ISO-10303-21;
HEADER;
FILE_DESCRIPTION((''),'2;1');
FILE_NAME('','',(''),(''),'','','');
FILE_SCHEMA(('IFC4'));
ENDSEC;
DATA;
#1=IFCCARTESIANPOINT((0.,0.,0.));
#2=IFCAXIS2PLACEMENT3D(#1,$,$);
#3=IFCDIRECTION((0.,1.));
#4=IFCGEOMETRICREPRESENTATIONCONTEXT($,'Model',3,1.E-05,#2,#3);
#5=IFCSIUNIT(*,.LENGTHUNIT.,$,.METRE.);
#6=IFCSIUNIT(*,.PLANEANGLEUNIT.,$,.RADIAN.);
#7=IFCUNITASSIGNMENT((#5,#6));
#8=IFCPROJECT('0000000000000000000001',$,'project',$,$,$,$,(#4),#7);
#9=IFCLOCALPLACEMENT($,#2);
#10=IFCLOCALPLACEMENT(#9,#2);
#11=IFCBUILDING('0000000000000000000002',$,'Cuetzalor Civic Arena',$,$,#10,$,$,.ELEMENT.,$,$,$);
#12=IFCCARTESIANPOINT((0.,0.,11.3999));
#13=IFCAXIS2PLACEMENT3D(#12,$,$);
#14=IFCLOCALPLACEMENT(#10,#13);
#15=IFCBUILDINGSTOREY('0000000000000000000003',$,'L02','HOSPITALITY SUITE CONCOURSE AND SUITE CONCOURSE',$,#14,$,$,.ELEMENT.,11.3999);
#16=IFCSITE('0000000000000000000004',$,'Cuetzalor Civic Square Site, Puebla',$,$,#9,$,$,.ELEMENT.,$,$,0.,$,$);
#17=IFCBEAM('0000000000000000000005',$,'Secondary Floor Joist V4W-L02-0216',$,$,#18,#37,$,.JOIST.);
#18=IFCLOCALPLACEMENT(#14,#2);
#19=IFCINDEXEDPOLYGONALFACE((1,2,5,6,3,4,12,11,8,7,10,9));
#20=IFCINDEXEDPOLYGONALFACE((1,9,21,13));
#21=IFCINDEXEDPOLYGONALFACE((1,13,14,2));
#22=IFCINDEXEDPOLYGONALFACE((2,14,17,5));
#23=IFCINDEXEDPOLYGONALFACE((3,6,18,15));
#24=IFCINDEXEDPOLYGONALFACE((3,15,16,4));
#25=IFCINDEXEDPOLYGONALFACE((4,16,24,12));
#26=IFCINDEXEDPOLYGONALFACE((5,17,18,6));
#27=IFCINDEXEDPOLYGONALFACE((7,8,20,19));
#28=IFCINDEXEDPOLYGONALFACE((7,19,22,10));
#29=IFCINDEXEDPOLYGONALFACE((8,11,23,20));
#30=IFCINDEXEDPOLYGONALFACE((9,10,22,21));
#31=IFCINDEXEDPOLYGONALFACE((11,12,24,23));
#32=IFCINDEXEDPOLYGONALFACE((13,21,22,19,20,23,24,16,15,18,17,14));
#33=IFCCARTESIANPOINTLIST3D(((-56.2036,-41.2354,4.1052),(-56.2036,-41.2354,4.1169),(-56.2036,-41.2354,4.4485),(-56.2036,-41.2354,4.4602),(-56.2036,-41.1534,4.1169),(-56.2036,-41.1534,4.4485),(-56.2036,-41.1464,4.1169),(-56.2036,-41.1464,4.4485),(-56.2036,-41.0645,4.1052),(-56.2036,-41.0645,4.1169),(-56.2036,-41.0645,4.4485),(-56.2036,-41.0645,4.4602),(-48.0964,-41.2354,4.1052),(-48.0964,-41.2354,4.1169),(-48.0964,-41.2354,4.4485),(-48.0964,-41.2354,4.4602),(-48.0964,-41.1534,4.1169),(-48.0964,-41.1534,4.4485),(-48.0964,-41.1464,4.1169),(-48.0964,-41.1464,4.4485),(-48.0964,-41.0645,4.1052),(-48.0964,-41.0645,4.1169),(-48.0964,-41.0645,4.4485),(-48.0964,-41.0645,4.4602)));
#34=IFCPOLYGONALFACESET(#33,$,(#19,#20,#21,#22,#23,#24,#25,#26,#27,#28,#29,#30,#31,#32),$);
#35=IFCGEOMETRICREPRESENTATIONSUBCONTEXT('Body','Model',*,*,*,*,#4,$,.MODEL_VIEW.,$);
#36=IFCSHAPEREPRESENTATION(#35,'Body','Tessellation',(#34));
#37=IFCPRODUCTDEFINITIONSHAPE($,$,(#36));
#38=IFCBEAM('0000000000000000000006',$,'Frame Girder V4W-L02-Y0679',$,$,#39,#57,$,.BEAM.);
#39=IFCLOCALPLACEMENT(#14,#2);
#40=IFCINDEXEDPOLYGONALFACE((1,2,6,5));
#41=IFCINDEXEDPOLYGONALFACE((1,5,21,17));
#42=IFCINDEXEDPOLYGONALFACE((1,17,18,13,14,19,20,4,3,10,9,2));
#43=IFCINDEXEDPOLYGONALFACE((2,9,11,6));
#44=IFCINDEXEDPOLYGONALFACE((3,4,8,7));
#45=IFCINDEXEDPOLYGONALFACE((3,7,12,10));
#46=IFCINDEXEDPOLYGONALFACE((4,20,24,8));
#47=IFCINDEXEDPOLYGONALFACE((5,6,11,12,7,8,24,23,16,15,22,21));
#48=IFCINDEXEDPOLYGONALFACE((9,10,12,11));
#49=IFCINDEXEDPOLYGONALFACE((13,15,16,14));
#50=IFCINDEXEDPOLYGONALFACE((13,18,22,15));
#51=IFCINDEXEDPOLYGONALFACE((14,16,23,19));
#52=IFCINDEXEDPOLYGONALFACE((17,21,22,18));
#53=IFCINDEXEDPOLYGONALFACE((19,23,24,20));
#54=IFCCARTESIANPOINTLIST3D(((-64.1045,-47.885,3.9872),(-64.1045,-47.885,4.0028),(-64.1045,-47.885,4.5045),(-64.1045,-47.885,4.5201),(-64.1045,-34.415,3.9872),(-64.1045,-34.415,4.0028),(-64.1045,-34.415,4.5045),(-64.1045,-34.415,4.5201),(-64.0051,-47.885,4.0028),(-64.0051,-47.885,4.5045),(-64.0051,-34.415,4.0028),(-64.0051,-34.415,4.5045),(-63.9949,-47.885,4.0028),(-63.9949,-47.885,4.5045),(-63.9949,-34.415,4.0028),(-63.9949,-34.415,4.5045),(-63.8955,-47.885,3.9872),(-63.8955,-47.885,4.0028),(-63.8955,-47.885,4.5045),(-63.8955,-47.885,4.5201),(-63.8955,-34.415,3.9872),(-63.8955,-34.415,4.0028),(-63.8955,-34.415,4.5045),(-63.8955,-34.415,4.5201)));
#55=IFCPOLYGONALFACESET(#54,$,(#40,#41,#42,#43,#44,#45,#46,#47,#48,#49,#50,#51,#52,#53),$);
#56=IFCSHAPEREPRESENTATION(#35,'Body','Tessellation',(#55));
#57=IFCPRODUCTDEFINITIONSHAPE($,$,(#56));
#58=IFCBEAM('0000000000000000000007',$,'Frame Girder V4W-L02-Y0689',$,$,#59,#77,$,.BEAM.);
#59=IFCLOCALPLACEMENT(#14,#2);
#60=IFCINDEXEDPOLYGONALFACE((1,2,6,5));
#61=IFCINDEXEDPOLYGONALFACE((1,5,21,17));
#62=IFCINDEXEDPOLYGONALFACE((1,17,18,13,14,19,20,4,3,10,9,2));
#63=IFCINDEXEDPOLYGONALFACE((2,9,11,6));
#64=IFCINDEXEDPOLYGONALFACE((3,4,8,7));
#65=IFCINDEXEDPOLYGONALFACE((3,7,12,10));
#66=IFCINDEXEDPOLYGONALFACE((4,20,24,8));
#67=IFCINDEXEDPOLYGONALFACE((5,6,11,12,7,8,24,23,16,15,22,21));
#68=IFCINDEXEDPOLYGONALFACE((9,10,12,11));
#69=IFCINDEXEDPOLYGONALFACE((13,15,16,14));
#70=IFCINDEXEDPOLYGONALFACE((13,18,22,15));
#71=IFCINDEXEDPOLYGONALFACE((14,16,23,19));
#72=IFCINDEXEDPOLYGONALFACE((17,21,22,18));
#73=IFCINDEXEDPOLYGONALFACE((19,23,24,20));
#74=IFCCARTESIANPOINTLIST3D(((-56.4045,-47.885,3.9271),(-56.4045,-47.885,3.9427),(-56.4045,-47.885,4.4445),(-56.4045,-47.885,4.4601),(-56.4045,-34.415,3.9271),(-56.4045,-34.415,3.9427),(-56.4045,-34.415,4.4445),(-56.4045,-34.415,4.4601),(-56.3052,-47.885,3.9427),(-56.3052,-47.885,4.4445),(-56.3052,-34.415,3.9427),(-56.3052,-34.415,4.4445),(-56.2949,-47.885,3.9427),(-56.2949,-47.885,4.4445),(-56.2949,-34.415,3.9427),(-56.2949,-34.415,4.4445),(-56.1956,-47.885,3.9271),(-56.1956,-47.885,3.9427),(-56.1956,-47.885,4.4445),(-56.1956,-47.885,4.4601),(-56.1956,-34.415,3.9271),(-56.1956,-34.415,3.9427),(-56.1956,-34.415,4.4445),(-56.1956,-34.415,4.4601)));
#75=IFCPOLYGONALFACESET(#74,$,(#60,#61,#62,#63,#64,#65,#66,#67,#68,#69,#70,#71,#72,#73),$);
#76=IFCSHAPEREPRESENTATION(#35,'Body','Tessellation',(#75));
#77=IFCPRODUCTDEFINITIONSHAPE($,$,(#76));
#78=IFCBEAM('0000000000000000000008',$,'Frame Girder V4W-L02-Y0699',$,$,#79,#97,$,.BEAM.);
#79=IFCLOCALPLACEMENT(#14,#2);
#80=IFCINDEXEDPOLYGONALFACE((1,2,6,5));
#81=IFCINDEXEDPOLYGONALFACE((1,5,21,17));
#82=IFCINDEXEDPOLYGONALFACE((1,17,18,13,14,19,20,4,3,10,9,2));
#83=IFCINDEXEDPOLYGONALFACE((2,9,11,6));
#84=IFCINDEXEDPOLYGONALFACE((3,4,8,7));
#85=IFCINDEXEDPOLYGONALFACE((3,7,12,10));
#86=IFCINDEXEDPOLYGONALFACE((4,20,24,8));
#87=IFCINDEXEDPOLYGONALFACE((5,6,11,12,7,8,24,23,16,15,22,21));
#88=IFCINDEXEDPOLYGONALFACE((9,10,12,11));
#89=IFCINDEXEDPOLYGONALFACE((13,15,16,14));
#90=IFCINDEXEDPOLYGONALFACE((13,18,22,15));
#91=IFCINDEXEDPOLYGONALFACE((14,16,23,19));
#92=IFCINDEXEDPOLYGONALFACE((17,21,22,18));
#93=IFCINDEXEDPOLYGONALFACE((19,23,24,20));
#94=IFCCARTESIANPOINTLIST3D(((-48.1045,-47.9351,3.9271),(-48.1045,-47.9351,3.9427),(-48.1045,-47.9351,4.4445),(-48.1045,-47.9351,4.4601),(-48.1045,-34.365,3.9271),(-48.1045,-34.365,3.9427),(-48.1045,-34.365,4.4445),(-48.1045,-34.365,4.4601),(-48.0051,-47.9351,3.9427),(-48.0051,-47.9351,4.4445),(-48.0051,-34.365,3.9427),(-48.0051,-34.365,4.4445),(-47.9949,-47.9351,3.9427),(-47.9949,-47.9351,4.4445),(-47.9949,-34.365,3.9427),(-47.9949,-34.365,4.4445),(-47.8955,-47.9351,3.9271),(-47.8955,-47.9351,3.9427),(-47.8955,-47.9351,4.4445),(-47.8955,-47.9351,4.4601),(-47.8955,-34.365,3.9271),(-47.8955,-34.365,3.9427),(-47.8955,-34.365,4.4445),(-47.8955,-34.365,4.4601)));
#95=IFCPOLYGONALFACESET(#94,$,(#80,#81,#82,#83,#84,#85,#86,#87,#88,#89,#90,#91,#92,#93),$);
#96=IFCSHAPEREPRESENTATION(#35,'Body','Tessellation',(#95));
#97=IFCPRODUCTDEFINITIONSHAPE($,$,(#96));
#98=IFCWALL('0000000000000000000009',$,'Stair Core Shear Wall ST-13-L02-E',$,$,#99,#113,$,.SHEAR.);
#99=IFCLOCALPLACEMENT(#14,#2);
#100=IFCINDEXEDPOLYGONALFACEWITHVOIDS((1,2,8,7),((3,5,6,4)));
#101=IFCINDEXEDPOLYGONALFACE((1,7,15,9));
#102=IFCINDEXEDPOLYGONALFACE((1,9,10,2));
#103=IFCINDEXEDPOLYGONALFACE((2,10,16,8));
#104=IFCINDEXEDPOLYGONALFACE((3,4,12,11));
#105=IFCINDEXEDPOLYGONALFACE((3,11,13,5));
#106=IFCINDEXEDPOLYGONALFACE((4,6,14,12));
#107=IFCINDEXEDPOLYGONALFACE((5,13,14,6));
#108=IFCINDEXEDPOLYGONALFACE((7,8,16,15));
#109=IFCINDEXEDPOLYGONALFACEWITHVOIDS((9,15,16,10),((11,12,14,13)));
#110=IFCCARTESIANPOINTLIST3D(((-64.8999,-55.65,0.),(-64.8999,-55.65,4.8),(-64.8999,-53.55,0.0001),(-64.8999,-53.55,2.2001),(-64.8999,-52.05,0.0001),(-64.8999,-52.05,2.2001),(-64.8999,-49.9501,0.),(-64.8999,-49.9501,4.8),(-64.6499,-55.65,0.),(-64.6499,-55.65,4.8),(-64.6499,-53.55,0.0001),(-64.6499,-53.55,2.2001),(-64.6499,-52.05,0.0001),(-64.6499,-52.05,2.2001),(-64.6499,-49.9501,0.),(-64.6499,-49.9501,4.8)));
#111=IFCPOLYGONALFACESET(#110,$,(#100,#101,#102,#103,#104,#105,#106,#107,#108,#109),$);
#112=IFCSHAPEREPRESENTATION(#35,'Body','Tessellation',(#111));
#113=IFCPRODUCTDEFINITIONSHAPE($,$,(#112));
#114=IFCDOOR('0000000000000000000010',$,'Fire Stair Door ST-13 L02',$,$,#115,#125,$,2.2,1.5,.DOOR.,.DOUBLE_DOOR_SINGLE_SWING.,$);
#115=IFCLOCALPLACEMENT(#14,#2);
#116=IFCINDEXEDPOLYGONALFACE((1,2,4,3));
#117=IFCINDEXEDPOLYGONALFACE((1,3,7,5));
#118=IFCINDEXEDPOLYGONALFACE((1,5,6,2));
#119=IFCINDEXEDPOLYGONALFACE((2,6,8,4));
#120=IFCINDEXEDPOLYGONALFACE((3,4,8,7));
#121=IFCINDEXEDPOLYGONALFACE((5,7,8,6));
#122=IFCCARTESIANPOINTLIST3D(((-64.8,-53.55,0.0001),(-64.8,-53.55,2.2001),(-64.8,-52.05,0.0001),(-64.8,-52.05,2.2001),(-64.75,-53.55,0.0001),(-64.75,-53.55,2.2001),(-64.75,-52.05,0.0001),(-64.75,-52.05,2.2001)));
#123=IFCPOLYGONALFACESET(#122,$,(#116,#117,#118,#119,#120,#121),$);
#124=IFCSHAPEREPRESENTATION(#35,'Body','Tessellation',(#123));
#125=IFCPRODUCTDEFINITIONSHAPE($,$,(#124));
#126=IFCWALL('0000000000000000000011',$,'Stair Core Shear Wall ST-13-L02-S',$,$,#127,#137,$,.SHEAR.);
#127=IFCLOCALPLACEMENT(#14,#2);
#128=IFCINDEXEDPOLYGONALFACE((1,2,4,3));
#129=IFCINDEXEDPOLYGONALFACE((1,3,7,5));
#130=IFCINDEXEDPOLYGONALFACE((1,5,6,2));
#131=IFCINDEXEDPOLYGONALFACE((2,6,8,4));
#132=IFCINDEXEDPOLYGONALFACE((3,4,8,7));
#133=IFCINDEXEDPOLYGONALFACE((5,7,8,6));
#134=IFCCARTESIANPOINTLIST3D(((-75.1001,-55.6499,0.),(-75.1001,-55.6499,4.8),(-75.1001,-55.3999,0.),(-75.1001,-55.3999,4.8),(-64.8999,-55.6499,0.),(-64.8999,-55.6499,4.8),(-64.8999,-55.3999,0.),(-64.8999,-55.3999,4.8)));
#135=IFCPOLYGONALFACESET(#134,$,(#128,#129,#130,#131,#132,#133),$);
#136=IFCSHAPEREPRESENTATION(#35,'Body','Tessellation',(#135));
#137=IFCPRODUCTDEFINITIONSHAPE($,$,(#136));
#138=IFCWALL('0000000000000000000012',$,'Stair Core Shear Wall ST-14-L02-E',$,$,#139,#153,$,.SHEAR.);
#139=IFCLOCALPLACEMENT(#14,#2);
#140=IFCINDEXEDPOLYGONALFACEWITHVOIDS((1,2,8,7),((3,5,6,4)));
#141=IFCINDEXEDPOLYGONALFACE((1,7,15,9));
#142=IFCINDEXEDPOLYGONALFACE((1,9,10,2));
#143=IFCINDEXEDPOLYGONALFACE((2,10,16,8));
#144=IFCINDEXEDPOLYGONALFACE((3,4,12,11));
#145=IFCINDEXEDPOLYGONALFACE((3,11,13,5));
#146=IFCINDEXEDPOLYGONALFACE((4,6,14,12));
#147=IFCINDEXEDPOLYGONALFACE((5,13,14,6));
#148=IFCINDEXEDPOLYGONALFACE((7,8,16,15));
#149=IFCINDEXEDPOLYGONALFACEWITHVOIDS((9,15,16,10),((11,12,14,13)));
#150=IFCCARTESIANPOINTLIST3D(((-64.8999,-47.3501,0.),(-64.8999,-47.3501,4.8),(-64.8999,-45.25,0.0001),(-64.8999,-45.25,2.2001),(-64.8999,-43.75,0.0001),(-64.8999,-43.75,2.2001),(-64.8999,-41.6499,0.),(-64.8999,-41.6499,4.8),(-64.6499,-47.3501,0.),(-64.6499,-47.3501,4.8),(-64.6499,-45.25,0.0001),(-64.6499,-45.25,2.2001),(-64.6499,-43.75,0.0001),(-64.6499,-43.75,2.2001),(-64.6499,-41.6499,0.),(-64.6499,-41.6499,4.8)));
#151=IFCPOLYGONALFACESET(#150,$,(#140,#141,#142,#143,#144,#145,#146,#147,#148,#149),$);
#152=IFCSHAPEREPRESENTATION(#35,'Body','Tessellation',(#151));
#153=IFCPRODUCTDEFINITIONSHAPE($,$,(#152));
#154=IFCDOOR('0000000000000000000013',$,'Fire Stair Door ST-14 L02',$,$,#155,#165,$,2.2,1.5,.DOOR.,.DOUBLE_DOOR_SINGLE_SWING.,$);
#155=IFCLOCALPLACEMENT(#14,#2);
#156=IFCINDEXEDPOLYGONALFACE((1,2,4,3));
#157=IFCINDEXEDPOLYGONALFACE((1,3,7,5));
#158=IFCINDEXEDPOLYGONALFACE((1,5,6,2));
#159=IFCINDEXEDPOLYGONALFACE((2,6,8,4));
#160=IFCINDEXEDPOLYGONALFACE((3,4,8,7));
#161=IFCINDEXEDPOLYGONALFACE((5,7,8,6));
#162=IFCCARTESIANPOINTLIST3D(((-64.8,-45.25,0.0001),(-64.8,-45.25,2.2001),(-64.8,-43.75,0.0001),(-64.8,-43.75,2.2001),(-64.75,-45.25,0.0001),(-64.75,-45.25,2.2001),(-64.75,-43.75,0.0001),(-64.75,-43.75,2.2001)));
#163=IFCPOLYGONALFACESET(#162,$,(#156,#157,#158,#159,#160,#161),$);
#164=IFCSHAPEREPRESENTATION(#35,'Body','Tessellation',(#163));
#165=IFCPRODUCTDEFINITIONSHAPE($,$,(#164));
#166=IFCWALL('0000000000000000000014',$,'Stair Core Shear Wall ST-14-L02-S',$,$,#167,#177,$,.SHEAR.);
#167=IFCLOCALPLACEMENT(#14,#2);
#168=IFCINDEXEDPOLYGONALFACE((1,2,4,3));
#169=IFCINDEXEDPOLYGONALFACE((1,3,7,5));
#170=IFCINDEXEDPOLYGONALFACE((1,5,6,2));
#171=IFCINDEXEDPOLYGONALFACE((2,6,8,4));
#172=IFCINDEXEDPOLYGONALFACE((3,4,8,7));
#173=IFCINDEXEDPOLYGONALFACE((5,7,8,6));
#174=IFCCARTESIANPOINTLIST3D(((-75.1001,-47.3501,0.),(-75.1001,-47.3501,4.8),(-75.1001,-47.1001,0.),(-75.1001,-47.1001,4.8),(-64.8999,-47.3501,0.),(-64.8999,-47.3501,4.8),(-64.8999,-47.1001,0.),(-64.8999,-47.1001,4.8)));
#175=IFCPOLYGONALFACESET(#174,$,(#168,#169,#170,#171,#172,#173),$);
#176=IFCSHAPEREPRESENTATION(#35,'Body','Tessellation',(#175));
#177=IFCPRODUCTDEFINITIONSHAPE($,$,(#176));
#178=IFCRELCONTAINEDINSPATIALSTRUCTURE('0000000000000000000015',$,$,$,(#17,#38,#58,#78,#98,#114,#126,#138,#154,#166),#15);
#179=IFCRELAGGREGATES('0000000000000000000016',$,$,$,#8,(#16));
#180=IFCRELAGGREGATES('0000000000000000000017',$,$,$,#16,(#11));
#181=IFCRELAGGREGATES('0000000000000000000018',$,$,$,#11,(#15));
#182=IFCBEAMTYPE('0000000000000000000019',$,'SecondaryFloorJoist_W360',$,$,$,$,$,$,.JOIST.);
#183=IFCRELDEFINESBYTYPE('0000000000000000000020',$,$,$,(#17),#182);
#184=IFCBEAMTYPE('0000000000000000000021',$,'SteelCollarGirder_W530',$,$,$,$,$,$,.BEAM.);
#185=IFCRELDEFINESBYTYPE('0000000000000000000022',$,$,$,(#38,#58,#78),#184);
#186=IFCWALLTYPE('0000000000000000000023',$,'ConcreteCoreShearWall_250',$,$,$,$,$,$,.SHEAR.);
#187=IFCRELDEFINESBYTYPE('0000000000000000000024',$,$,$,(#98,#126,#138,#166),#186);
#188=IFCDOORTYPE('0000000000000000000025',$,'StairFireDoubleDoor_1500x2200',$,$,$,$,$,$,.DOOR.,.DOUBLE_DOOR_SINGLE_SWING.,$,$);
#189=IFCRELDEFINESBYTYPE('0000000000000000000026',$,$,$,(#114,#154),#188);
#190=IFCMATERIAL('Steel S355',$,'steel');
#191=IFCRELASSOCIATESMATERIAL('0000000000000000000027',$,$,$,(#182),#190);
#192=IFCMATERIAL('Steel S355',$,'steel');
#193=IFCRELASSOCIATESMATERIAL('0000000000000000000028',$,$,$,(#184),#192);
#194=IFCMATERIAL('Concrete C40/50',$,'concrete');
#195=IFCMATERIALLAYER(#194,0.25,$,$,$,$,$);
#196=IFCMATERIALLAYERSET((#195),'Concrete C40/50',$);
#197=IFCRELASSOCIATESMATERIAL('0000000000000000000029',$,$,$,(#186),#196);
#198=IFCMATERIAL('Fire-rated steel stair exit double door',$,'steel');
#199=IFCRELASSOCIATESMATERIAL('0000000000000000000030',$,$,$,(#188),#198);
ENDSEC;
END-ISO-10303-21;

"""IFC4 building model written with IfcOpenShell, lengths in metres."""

from ifc_helpers import new_model, si_unit, direction, frame, frame_2d, origin, origin_2d, place, context, subcontext, project, spatial, rectangle, i_section, extrude, material, layer, layer_set, material_profile, profile_set, type_object, element, fill, save


model = new_model("IFC4")

# Units and contexts
model_context = context("Model", 3, precision=1e-05, world=origin(), true_north=direction((0.0, 1.0)))
body_context = subcontext(model_context, "Body", "Model", "MODEL_VIEW")
ifc_project = project(units=[si_unit("LENGTHUNIT", "METRE"), si_unit("PLANEANGLEUNIT", "RADIAN")], contexts=[model_context])

# Site, building, storey
site_placement = place(None, origin())
site = spatial("IfcSite", under=ifc_project, at=site_placement, Name="Cuetzalor Civic Square Site, Puebla", CompositionType="ELEMENT", RefElevation=0.0)
building_placement = place(site_placement, origin())
building = spatial("IfcBuilding", under=site, at=building_placement, Name="Cuetzalor Civic Arena", CompositionType="ELEMENT")
storey_placement = place(building_placement, frame((0.0, 0.0, 11.3999)))
storey = spatial("IfcBuildingStorey", under=building, at=storey_placement, Name="L02", Description="HOSPITALITY SUITE CONCOURSE AND SUITE CONCOURSE", CompositionType="ELEMENT", Elevation=11.3999)

# Beams
ifc_material_1 = material(Name="Steel S355", Category="steel")
ifc_material_profile_1 = material_profile(ifc_material_1, i_section(OverallWidth=0.1709, OverallDepth=0.355, WebThickness=0.0071, FlangeThickness=0.0117, at=origin_2d()), Name="W360x51")
ifc_profile_set_1 = profile_set([ifc_material_profile_1], Name="Steel S355")
beam_type_1 = type_object("IfcBeamType", Name="SecondaryFloorJoist_W360", PredefinedType="JOIST", material=ifc_profile_set_1)
beam_1_placement = place(storey_placement, frame((-56.2036, -41.1499, 4.2827), z_axis=(1.0, 0.0, 0.0), x_axis=(0.0, 1.0, 0.0)))
element("IfcBeam", 1, at=beam_1_placement, inside=storey, type_object=beam_type_1, Name="Secondary Floor Joist V4W-L02-0216", PredefinedType="JOIST", context=body_context, shape_type="SweptSolid", body=[
    extrude(i_section(OverallWidth=0.1709, OverallDepth=0.355, WebThickness=0.0071, FlangeThickness=0.0117, at=origin_2d()), origin(), (0.0, 0.0, 1.0), 8.1072),
])
ifc_material_2 = material(Name="Steel S355", Category="steel")
ifc_material_profile_2 = material_profile(ifc_material_2, i_section(OverallWidth=0.209, OverallDepth=0.533, WebThickness=0.0103, FlangeThickness=0.0156, at=origin_2d()), Name="W530x92")
ifc_profile_set_2 = profile_set([ifc_material_profile_2], Name="Steel S355")
beam_type_2 = type_object("IfcBeamType", Name="SteelCollarGirder_W530", PredefinedType="BEAM", material=ifc_profile_set_2)
for number, where, z_axis, x_axis, name in (
    (2, (-64.0, -47.885, 4.2537), (0.0, 1.0, 0.0), (-1.0, 0.0, 0.0), "Frame Girder V4W-L02-Y0679"),
    (3, (-56.3, -47.885, 4.1936), (0.0, 1.0, 0.0), (-1.0, 0.0, 0.0), "Frame Girder V4W-L02-Y0689"),
):
    element("IfcBeam", number, at=place(storey_placement, frame(where, z_axis=z_axis, x_axis=x_axis)), inside=storey, type_object=beam_type_2, Name=name, PredefinedType="BEAM", context=body_context, shape_type="SweptSolid", body=[
        extrude(i_section(OverallWidth=0.209, OverallDepth=0.533, WebThickness=0.0103, FlangeThickness=0.0156, at=origin_2d()), origin(), (0.0, 0.0, 1.0), 13.47),
    ])
beam_2_placement = place(storey_placement, frame((-48.0, -47.9351, 4.1936), z_axis=(0.0, 1.0, 0.0), x_axis=(-1.0, 0.0, 0.0)))
element("IfcBeam", 4, at=beam_2_placement, inside=storey, type_object=beam_type_2, Name="Frame Girder V4W-L02-Y0699", PredefinedType="BEAM", context=body_context, shape_type="SweptSolid", body=[
    extrude(i_section(OverallWidth=0.209, OverallDepth=0.533, WebThickness=0.0103, FlangeThickness=0.0156, at=origin_2d()), origin(), (0.0, 0.0, 1.0), 13.5701),
])

# Wall, opening, door
ifc_material_3 = material(Name="Concrete C40/50", Category="concrete")
ifc_layer = layer(ifc_material_3, 0.25)
ifc_layer_set = layer_set([ifc_layer], Name="Concrete C40/50")
wall_type = type_object("IfcWallType", Name="ConcreteCoreShearWall_250", PredefinedType="SHEAR", material=ifc_layer_set)
wall_1_placement = place(storey_placement, frame((-64.7749, -49.95, 0.0), z_axis=(0.0, 0.0, 1.0), x_axis=(0.0, -1.0, 0.0)))
wall_1 = element("IfcWall", 5, at=wall_1_placement, inside=storey, type_object=wall_type, Name="Stair Core Shear Wall ST-13-L02-E", PredefinedType="SHEAR", context=body_context, shape_type="SweptSolid", body=[
    extrude(rectangle(XDim=5.7, YDim=0.25, at=frame_2d((2.8501, 0.0))), origin(), (0.0, 0.0, 1.0), 4.8),
])
opening_1_placement = place(wall_1_placement, frame((2.1001, 0.0, 0.0)))
opening_1 = element("IfcOpeningElement", 6, at=opening_1_placement, cuts=wall_1, PredefinedType="OPENING", context=body_context, shape_type="SweptSolid", body=[
    extrude(rectangle(XDim=1.5, YDim=2.2, at=frame_2d((0.75, 1.1001))), frame((0.0, 0.135, 0.0), z_axis=(0.0, -1.0, 0.0), x_axis=(1.0, 0.0, 0.0)), (0.0, 0.0, 1.0), 0.27),
])
ifc_material_4 = material(Name="Fire-rated steel stair exit double door", Category="steel")
door_type = type_object("IfcDoorType", Name="StairFireDoubleDoor_1500x2200", OperationType="DOUBLE_DOOR_SINGLE_SWING", PredefinedType="DOOR", material=ifc_material_4)
door_1_placement = place(opening_1_placement, origin())
door_1 = element("IfcDoor", 7, at=door_1_placement, inside=storey, type_object=door_type, Name="Fire Stair Door ST-13 L02", OperationType="DOUBLE_DOOR_SINGLE_SWING", OverallHeight=2.2, OverallWidth=1.5, PredefinedType="DOOR", context=body_context, shape_type="SweptSolid", body=[
    extrude(rectangle(XDim=1.5, YDim=2.2, at=frame_2d((0.75, 1.1001))), frame((0.0, 0.0249, 0.0), z_axis=(0.0, -1.0, 0.0), x_axis=(1.0, 0.0, 0.0)), (0.0, 0.0, 1.0), 0.05),
])
fill(opening_1, door_1)

# Wall
wall_2_placement = place(storey_placement, frame((-64.8999, -55.5249, 0.0), z_axis=(0.0, 0.0, 1.0), x_axis=(-1.0, 0.0, 0.0)))
element("IfcWall", 8, at=wall_2_placement, inside=storey, type_object=wall_type, Name="Stair Core Shear Wall ST-13-L02-S", PredefinedType="SHEAR", context=body_context, shape_type="SweptSolid", body=[
    extrude(rectangle(XDim=10.2002, YDim=0.25, at=frame_2d((5.1001, 0.0))), origin(), (0.0, 0.0, 1.0), 4.8),
])

# Wall, opening, door
wall_3_placement = place(storey_placement, frame((-64.7749, -41.6499, 0.0), z_axis=(0.0, 0.0, 1.0), x_axis=(0.0, -1.0, 0.0)))
wall_3 = element("IfcWall", 9, at=wall_3_placement, inside=storey, type_object=wall_type, Name="Stair Core Shear Wall ST-14-L02-E", PredefinedType="SHEAR", context=body_context, shape_type="SweptSolid", body=[
    extrude(rectangle(XDim=5.7002, YDim=0.25, at=frame_2d((2.8501, 0.0))), origin(), (0.0, 0.0, 1.0), 4.8),
])
opening_2_placement = place(wall_3_placement, frame((2.1001, 0.0, 0.0)))
opening_2 = element("IfcOpeningElement", 10, at=opening_2_placement, cuts=wall_3, PredefinedType="OPENING", context=body_context, shape_type="SweptSolid", body=[
    extrude(rectangle(XDim=1.5, YDim=2.2, at=frame_2d((0.75, 1.1001))), frame((0.0, 0.135, 0.0), z_axis=(0.0, -1.0, 0.0), x_axis=(1.0, 0.0, 0.0)), (0.0, 0.0, 1.0), 0.27),
])
door_2_placement = place(opening_2_placement, origin())
door_2 = element("IfcDoor", 11, at=door_2_placement, inside=storey, type_object=door_type, Name="Fire Stair Door ST-14 L02", OperationType="DOUBLE_DOOR_SINGLE_SWING", OverallHeight=2.2, OverallWidth=1.5, PredefinedType="DOOR", context=body_context, shape_type="SweptSolid", body=[
    extrude(rectangle(XDim=1.5, YDim=2.2, at=frame_2d((0.75, 1.1001))), frame((0.0, 0.0249, 0.0), z_axis=(0.0, -1.0, 0.0), x_axis=(1.0, 0.0, 0.0)), (0.0, 0.0, 1.0), 0.05),
])
fill(opening_2, door_2)

# Wall
for number, where, z_axis, x_axis, name in (
    (12, (-64.8999, -47.2251, 0.0), (0.0, 0.0, 1.0), (-1.0, 0.0, 0.0), "Stair Core Shear Wall ST-14-L02-S"),
):
    element("IfcWall", number, at=place(storey_placement, frame(where, z_axis=z_axis, x_axis=x_axis)), inside=storey, type_object=wall_type, Name=name, PredefinedType="SHEAR", context=body_context, shape_type="SweptSolid", body=[
        extrude(rectangle(XDim=10.2002, YDim=0.25, at=frame_2d((5.1001, 0.0))), origin(), (0.0, 0.0, 1.0), 4.8),
    ])

save(model, "model.ifc")
